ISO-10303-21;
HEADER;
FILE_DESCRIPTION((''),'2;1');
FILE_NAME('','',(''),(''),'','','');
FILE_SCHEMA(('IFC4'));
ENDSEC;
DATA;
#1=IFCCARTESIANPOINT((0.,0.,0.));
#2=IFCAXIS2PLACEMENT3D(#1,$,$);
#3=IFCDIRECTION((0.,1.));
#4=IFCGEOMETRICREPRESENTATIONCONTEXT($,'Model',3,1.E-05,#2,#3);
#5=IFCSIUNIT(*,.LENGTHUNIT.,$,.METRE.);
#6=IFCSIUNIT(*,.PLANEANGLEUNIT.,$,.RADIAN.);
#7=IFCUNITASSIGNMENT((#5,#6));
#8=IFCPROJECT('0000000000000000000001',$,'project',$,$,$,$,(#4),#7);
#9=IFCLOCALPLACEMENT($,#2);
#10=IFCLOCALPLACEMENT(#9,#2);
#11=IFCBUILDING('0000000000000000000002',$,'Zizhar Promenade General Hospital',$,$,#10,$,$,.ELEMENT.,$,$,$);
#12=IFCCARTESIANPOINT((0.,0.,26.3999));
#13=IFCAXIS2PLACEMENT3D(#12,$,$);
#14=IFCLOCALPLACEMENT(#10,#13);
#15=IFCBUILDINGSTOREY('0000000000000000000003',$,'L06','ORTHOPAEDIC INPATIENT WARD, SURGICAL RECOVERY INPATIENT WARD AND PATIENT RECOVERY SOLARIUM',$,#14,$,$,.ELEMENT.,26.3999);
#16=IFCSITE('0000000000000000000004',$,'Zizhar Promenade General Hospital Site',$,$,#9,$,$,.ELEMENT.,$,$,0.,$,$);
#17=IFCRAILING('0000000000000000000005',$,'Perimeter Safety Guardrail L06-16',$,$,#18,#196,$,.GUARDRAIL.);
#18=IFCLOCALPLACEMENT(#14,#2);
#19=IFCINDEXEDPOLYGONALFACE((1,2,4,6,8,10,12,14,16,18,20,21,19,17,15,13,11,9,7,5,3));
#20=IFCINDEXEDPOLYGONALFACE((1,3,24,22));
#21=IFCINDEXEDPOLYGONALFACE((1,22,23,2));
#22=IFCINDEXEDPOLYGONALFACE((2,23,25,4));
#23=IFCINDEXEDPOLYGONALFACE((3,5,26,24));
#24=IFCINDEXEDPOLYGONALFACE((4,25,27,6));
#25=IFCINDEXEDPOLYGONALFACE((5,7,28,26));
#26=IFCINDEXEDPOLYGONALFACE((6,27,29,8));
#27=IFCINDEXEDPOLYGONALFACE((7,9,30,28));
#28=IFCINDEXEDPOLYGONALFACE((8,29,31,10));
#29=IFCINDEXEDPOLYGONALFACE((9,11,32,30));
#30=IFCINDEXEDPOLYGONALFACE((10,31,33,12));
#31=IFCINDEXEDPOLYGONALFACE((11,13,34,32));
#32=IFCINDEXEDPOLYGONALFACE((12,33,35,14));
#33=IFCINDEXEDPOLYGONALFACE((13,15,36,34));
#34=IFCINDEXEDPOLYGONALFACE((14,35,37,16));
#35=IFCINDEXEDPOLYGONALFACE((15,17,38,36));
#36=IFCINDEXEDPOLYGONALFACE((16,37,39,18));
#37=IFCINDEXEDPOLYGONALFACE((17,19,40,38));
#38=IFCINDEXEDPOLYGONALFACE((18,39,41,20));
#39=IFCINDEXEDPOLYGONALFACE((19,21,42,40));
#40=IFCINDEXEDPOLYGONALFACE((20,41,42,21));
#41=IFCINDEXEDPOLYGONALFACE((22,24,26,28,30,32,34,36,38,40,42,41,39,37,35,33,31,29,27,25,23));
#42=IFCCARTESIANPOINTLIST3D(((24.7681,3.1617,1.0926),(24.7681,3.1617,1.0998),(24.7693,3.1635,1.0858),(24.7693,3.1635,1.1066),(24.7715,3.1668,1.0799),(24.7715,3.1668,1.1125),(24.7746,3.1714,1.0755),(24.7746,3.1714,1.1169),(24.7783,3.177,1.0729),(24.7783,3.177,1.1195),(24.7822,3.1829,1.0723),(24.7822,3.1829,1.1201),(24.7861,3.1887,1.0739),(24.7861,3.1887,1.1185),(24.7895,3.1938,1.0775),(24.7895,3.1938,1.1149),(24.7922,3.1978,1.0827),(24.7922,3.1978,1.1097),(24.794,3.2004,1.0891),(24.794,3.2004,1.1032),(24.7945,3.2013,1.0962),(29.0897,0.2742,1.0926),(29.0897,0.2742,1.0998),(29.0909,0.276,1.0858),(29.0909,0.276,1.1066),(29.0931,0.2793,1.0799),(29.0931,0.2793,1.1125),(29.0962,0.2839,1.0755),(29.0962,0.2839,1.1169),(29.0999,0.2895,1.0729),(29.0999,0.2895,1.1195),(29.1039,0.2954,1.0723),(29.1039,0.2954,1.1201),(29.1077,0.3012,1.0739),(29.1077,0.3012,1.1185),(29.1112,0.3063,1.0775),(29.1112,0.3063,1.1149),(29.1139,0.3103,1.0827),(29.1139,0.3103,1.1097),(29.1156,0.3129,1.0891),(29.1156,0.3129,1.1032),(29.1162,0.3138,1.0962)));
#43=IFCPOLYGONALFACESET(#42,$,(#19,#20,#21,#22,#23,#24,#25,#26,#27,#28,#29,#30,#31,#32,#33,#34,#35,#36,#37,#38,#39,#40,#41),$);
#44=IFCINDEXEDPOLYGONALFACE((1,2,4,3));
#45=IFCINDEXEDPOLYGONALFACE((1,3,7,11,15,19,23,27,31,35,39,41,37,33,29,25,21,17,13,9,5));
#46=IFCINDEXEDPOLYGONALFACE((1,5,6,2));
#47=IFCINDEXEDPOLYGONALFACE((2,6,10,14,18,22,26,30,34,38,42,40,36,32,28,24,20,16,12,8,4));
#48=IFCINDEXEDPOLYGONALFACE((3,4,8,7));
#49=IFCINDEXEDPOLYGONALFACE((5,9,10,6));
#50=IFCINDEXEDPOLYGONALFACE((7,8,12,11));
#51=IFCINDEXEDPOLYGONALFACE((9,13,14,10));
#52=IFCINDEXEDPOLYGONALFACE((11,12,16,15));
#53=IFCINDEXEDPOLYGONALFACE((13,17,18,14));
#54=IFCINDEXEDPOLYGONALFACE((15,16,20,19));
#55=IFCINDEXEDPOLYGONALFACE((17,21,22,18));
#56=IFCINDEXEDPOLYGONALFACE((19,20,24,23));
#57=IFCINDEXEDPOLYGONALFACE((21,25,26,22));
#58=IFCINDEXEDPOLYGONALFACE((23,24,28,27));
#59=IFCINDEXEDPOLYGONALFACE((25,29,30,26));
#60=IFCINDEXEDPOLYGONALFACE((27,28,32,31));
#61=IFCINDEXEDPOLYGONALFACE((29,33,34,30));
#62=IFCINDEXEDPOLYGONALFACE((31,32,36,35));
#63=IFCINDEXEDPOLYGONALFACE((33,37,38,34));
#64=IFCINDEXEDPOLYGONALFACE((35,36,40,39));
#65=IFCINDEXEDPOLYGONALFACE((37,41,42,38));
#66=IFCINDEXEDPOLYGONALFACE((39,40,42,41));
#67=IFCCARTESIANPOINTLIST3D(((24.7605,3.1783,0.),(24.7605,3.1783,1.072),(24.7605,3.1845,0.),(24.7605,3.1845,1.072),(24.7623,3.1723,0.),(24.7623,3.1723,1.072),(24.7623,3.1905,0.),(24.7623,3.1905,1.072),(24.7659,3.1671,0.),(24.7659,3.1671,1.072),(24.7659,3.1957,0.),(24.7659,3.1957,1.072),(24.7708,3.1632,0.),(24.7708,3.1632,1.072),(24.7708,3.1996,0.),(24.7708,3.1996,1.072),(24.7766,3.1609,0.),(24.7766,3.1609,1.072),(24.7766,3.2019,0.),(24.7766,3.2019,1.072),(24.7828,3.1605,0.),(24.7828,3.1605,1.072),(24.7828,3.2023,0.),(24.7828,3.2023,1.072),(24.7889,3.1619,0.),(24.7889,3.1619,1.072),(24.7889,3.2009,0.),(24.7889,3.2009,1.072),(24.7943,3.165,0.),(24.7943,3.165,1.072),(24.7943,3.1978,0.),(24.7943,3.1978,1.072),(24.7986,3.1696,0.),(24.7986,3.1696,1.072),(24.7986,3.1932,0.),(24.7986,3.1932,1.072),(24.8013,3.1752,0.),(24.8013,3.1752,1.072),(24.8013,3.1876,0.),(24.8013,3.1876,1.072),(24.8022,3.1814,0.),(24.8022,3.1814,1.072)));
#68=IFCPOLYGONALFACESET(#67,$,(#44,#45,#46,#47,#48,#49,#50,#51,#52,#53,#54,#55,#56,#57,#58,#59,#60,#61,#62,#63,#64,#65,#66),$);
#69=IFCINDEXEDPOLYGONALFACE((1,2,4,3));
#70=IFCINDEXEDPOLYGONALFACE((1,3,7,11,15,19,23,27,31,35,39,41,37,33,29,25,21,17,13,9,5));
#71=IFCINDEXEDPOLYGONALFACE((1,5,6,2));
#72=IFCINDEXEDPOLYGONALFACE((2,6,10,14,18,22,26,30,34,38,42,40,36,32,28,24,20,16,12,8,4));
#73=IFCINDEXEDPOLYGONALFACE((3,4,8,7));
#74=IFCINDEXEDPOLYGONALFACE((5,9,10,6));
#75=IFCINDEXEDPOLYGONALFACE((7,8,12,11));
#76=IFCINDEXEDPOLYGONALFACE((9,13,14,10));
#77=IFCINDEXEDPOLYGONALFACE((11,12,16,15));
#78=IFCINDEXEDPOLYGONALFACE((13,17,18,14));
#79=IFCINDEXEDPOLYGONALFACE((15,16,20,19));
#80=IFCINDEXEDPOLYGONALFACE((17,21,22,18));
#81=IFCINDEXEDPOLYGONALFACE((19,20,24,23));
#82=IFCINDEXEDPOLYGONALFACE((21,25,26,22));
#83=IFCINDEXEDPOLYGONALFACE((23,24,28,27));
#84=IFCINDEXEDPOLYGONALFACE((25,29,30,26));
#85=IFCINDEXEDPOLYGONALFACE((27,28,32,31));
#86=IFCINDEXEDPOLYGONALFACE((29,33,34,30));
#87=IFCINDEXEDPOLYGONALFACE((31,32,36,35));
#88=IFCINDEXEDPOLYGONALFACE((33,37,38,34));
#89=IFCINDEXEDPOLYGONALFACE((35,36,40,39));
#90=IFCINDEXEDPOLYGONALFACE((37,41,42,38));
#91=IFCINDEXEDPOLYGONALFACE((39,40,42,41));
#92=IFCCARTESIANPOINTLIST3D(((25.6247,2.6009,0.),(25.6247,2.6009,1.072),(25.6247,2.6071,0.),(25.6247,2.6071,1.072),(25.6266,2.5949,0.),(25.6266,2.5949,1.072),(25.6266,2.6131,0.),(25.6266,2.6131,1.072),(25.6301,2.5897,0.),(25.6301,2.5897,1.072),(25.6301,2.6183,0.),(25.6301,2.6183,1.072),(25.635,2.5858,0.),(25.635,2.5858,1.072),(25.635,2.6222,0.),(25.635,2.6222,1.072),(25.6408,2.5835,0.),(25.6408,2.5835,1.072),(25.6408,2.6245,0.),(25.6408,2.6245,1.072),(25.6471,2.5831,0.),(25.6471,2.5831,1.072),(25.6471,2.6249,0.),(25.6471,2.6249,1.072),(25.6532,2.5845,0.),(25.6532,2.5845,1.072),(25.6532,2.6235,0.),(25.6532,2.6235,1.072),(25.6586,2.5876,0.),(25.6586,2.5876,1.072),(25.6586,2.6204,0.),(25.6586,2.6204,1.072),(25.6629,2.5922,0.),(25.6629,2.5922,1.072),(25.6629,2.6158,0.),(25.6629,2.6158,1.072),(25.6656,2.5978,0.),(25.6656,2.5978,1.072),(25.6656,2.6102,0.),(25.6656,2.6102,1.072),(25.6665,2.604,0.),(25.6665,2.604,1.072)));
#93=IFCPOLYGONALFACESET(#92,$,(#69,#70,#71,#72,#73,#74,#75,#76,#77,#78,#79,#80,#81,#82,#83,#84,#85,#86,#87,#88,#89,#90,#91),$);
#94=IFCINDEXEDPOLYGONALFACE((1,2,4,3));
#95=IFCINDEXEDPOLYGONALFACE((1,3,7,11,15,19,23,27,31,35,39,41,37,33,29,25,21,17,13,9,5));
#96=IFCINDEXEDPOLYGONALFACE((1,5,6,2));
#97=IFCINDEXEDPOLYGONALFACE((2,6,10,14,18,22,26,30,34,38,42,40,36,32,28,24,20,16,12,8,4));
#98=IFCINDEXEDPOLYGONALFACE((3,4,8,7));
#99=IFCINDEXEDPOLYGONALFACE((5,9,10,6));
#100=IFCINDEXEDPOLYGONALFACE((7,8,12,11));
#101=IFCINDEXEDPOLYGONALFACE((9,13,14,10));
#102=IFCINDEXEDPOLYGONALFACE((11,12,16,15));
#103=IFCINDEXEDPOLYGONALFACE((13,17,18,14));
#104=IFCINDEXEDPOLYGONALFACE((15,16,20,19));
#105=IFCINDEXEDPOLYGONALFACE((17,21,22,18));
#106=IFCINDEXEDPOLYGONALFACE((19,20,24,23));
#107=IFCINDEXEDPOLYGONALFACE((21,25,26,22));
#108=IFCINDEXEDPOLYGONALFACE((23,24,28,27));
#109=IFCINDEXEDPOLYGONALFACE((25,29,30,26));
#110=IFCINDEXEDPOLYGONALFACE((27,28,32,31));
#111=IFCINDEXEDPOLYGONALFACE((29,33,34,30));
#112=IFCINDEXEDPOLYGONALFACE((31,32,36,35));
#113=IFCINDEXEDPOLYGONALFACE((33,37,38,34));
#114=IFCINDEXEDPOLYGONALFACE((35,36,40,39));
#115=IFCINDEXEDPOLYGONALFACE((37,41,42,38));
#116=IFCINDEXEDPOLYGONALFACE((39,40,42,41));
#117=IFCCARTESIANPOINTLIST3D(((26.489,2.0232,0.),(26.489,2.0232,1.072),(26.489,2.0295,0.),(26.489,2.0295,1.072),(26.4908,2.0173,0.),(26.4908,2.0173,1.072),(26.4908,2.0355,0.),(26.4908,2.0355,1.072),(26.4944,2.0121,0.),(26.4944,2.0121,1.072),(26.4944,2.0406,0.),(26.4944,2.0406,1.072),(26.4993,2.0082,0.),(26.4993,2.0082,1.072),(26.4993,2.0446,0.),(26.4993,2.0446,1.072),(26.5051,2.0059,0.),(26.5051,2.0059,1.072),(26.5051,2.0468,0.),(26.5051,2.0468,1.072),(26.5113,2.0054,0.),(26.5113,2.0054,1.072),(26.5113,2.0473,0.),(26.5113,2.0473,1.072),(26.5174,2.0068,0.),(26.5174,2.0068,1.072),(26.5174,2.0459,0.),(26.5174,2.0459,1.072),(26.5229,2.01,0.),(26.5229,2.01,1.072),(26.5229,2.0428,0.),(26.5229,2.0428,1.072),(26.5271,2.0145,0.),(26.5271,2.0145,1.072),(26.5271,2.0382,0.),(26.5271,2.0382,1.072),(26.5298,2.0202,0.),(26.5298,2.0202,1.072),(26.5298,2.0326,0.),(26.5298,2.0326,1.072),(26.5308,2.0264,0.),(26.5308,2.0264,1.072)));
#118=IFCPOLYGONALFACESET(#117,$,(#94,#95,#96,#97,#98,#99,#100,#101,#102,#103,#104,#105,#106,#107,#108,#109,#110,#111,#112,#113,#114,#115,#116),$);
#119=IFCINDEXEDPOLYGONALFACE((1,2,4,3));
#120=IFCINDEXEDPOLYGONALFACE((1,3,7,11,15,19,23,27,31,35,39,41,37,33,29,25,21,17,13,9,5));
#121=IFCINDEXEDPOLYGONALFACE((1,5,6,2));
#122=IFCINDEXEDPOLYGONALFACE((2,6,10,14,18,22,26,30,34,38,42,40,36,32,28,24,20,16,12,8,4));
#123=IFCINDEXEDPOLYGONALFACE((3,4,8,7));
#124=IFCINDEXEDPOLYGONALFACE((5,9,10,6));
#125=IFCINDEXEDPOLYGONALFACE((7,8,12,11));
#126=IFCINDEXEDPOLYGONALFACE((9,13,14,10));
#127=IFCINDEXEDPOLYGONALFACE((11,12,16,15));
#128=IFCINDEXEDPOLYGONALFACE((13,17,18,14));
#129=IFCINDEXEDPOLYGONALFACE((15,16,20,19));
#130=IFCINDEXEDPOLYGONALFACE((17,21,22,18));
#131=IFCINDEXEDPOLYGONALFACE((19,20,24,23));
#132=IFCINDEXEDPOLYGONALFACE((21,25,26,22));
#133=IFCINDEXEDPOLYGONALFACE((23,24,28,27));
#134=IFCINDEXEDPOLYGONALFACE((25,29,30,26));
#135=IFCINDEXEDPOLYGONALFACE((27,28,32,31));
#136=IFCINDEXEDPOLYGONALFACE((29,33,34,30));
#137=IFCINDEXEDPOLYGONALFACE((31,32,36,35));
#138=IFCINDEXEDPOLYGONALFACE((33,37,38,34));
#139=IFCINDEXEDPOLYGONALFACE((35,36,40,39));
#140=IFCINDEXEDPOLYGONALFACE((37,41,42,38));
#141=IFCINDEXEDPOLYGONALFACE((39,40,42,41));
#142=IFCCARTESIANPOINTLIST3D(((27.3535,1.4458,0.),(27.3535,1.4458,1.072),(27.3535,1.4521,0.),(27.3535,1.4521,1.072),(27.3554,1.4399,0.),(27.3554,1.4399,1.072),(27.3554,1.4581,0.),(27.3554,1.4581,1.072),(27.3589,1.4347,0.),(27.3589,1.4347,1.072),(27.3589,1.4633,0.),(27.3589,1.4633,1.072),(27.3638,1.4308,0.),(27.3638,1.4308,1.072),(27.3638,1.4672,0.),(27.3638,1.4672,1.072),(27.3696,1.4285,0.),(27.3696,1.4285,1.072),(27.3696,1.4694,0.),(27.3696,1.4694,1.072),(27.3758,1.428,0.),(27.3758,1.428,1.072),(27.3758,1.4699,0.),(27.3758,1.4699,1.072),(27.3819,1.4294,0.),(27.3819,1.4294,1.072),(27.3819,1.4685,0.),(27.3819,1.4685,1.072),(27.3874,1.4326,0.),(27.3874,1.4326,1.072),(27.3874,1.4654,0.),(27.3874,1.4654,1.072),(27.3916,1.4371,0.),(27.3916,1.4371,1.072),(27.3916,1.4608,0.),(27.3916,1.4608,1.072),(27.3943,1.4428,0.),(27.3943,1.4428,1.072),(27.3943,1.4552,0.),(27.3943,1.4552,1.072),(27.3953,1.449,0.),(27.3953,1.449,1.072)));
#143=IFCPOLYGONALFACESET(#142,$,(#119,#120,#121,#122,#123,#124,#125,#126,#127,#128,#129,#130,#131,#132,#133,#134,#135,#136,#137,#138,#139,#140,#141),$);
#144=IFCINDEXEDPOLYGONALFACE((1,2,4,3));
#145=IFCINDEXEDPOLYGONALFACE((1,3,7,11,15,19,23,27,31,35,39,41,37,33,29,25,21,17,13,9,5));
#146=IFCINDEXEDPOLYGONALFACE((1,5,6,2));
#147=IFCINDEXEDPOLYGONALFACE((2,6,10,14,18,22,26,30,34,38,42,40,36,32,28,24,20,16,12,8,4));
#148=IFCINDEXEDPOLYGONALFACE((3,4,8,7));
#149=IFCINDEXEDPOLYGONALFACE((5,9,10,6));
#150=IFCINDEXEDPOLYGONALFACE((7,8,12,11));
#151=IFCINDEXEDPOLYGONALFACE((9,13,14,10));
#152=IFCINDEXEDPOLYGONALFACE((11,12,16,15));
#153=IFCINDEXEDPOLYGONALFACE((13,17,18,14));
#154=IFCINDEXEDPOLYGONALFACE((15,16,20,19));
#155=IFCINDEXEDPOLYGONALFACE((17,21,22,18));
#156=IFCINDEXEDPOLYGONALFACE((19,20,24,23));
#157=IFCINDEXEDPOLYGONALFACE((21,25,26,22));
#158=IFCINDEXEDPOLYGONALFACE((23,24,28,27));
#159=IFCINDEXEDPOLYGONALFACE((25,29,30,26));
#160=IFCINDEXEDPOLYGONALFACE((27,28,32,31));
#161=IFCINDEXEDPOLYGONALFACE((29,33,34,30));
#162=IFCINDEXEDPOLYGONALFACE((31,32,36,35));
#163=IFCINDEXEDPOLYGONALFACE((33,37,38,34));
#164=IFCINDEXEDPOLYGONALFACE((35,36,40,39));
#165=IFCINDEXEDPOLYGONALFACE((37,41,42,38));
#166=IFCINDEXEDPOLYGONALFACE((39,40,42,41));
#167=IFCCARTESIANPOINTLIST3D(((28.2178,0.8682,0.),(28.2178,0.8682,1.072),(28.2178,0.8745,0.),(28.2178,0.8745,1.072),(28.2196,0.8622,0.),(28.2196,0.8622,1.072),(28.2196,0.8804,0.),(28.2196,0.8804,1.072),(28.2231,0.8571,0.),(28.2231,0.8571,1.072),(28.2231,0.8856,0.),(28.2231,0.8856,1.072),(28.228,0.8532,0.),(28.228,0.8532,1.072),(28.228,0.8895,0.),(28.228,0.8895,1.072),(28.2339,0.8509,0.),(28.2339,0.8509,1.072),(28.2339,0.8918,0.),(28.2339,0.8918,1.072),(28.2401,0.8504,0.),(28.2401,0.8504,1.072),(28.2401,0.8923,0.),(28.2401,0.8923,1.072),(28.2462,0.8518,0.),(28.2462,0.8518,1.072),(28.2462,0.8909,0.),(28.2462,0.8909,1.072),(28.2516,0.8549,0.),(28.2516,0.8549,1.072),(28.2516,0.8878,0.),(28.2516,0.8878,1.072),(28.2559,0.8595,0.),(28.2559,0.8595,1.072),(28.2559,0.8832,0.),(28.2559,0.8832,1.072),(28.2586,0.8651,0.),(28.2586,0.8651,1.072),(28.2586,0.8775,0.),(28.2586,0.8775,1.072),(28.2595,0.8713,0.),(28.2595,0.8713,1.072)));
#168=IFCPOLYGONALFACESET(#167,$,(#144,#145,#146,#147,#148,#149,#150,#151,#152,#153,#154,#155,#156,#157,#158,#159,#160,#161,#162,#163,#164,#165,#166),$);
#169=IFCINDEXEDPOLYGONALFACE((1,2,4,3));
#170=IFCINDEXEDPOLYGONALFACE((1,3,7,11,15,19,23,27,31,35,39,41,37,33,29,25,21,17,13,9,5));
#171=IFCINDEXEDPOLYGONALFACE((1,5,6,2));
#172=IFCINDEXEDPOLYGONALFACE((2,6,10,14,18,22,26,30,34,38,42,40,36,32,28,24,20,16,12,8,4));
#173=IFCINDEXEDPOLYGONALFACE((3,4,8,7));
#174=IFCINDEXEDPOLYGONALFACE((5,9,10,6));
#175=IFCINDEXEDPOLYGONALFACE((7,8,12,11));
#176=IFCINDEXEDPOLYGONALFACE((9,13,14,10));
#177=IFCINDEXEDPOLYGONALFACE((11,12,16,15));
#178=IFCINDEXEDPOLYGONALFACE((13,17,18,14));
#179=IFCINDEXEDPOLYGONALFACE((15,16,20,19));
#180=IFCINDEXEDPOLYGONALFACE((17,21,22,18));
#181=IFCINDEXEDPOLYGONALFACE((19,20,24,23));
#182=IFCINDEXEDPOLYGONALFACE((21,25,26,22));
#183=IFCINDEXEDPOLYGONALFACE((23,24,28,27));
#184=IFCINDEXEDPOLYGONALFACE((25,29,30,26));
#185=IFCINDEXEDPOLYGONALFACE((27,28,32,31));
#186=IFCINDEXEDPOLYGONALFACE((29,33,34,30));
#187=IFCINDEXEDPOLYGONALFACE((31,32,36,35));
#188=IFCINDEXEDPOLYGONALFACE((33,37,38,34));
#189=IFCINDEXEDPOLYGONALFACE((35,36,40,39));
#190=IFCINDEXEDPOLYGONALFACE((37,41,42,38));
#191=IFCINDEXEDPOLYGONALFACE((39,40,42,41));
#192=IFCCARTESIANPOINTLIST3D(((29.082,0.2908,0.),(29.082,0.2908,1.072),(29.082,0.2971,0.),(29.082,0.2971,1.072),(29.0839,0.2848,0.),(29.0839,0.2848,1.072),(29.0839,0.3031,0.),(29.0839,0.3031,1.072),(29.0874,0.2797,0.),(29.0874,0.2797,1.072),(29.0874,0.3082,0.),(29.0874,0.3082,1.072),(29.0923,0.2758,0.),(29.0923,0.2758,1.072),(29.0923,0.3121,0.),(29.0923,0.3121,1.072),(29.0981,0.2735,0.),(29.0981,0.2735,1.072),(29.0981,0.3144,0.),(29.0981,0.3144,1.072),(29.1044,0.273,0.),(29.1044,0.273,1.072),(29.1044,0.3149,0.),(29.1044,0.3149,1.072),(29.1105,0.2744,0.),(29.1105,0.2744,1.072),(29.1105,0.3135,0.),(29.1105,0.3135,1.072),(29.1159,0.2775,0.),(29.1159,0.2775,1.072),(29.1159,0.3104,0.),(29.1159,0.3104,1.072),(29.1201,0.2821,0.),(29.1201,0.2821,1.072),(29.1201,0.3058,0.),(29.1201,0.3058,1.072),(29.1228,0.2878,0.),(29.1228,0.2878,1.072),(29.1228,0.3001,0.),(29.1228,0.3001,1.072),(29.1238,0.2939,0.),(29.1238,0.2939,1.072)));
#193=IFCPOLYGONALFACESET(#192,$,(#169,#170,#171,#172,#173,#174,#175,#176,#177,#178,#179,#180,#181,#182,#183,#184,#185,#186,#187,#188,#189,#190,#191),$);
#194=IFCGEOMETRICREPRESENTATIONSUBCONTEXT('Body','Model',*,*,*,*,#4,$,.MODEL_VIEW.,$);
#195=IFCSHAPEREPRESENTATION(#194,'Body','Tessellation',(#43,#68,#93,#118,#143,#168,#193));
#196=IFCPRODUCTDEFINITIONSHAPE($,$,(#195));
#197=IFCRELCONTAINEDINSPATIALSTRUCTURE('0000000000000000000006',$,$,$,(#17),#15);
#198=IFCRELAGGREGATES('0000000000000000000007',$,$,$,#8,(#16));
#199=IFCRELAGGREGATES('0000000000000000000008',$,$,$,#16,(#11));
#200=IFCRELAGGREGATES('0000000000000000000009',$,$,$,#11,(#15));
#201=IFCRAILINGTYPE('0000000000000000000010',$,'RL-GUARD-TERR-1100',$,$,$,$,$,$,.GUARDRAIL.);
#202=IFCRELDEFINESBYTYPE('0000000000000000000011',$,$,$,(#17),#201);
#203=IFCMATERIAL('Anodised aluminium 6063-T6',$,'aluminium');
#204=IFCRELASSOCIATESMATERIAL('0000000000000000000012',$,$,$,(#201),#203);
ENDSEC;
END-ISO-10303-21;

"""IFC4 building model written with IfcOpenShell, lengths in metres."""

from ifc_helpers import new_model, si_unit, direction, frame, origin, origin_2d, place, context, subcontext, project, spatial, circle, hollow_circle, extrude, material, material_profile, profile_set, type_object, element, save


model = new_model("IFC4")

# Units and contexts
model_context = context("Model", 3, precision=1e-05, world=origin(), true_north=direction((0.0, 1.0)))
body_context = subcontext(model_context, "Body", "Model", "MODEL_VIEW")
ifc_project = project(units=[si_unit("LENGTHUNIT", "METRE"), si_unit("PLANEANGLEUNIT", "RADIAN")], contexts=[model_context])

# Site, building, storey
site_placement = place(None, origin())
site = spatial("IfcSite", under=ifc_project, at=site_placement, Name="Zizhar Promenade General Hospital Site", CompositionType="ELEMENT", RefElevation=0.0)
building_placement = place(site_placement, origin())
building = spatial("IfcBuilding", under=site, at=building_placement, Name="Zizhar Promenade General Hospital", CompositionType="ELEMENT")
storey_placement = place(building_placement, frame((0.0, 0.0, 26.3999)))
storey = spatial("IfcBuildingStorey", under=building, at=storey_placement, Name="L06", Description="ORTHOPAEDIC INPATIENT WARD, SURGICAL RECOVERY INPATIENT WARD AND PATIENT RECOVERY SOLARIUM", CompositionType="ELEMENT", Elevation=26.3999)

# Railing
ifc_material_1 = material(Name="Anodised aluminium 6063-T6", Category="aluminium")
ifc_material_profile_1 = material_profile(ifc_material_1, hollow_circle(Radius=0.0698, WallThickness=0.0063, at=origin_2d()))
ifc_profile_set_1 = profile_set([ifc_material_profile_1], Name="Anodised aluminium 6063-T6")
railing_type = type_object("IfcRailingType", Name="RL-GUARD-TERR-1100", PredefinedType="GUARDRAIL", material=ifc_profile_set_1)
railing_1_placement = place(storey_placement, frame((24.7812, 3.1814, 0.0)))
element("IfcRailing", 1, at=railing_1_placement, inside=storey, type_object=railing_type, Name="Perimeter Safety Guardrail L06-16", PredefinedType="GUARDRAIL", context=body_context, shape_type="SweptSolid", body=[
    extrude(circle(Radius=0.0239, at=origin_2d()), frame((0.0, 0.0, 1.0962), z_axis=(0.831479, -0.555556, 0.0), x_axis=(0.555556, 0.831479, 0.0)), (0.0, 0.0, 1.0), 5.1975),
    extrude(circle(Radius=0.021, at=origin_2d()), origin(), (0.0, 0.0, 1.0), 1.072),
    extrude(circle(Radius=0.021, at=origin_2d()), frame((0.8643, -0.5774, 0.0)), (0.0, 0.0, 1.0), 1.072),
    extrude(circle(Radius=0.021, at=origin_2d()), frame((1.7285, -1.155, 0.0)), (0.0, 0.0, 1.0), 1.072),
    extrude(circle(Radius=0.021, at=origin_2d()), frame((2.593, -1.7324, 0.0)), (0.0, 0.0, 1.0), 1.072),
    extrude(circle(Radius=0.021, at=origin_2d()), frame((3.4573, -2.3101, 0.0)), (0.0, 0.0, 1.0), 1.072),
    extrude(circle(Radius=0.021, at=origin_2d()), frame((4.3215, -2.8875, 0.0)), (0.0, 0.0, 1.0), 1.072),
])

save(model, "model.ifc")
